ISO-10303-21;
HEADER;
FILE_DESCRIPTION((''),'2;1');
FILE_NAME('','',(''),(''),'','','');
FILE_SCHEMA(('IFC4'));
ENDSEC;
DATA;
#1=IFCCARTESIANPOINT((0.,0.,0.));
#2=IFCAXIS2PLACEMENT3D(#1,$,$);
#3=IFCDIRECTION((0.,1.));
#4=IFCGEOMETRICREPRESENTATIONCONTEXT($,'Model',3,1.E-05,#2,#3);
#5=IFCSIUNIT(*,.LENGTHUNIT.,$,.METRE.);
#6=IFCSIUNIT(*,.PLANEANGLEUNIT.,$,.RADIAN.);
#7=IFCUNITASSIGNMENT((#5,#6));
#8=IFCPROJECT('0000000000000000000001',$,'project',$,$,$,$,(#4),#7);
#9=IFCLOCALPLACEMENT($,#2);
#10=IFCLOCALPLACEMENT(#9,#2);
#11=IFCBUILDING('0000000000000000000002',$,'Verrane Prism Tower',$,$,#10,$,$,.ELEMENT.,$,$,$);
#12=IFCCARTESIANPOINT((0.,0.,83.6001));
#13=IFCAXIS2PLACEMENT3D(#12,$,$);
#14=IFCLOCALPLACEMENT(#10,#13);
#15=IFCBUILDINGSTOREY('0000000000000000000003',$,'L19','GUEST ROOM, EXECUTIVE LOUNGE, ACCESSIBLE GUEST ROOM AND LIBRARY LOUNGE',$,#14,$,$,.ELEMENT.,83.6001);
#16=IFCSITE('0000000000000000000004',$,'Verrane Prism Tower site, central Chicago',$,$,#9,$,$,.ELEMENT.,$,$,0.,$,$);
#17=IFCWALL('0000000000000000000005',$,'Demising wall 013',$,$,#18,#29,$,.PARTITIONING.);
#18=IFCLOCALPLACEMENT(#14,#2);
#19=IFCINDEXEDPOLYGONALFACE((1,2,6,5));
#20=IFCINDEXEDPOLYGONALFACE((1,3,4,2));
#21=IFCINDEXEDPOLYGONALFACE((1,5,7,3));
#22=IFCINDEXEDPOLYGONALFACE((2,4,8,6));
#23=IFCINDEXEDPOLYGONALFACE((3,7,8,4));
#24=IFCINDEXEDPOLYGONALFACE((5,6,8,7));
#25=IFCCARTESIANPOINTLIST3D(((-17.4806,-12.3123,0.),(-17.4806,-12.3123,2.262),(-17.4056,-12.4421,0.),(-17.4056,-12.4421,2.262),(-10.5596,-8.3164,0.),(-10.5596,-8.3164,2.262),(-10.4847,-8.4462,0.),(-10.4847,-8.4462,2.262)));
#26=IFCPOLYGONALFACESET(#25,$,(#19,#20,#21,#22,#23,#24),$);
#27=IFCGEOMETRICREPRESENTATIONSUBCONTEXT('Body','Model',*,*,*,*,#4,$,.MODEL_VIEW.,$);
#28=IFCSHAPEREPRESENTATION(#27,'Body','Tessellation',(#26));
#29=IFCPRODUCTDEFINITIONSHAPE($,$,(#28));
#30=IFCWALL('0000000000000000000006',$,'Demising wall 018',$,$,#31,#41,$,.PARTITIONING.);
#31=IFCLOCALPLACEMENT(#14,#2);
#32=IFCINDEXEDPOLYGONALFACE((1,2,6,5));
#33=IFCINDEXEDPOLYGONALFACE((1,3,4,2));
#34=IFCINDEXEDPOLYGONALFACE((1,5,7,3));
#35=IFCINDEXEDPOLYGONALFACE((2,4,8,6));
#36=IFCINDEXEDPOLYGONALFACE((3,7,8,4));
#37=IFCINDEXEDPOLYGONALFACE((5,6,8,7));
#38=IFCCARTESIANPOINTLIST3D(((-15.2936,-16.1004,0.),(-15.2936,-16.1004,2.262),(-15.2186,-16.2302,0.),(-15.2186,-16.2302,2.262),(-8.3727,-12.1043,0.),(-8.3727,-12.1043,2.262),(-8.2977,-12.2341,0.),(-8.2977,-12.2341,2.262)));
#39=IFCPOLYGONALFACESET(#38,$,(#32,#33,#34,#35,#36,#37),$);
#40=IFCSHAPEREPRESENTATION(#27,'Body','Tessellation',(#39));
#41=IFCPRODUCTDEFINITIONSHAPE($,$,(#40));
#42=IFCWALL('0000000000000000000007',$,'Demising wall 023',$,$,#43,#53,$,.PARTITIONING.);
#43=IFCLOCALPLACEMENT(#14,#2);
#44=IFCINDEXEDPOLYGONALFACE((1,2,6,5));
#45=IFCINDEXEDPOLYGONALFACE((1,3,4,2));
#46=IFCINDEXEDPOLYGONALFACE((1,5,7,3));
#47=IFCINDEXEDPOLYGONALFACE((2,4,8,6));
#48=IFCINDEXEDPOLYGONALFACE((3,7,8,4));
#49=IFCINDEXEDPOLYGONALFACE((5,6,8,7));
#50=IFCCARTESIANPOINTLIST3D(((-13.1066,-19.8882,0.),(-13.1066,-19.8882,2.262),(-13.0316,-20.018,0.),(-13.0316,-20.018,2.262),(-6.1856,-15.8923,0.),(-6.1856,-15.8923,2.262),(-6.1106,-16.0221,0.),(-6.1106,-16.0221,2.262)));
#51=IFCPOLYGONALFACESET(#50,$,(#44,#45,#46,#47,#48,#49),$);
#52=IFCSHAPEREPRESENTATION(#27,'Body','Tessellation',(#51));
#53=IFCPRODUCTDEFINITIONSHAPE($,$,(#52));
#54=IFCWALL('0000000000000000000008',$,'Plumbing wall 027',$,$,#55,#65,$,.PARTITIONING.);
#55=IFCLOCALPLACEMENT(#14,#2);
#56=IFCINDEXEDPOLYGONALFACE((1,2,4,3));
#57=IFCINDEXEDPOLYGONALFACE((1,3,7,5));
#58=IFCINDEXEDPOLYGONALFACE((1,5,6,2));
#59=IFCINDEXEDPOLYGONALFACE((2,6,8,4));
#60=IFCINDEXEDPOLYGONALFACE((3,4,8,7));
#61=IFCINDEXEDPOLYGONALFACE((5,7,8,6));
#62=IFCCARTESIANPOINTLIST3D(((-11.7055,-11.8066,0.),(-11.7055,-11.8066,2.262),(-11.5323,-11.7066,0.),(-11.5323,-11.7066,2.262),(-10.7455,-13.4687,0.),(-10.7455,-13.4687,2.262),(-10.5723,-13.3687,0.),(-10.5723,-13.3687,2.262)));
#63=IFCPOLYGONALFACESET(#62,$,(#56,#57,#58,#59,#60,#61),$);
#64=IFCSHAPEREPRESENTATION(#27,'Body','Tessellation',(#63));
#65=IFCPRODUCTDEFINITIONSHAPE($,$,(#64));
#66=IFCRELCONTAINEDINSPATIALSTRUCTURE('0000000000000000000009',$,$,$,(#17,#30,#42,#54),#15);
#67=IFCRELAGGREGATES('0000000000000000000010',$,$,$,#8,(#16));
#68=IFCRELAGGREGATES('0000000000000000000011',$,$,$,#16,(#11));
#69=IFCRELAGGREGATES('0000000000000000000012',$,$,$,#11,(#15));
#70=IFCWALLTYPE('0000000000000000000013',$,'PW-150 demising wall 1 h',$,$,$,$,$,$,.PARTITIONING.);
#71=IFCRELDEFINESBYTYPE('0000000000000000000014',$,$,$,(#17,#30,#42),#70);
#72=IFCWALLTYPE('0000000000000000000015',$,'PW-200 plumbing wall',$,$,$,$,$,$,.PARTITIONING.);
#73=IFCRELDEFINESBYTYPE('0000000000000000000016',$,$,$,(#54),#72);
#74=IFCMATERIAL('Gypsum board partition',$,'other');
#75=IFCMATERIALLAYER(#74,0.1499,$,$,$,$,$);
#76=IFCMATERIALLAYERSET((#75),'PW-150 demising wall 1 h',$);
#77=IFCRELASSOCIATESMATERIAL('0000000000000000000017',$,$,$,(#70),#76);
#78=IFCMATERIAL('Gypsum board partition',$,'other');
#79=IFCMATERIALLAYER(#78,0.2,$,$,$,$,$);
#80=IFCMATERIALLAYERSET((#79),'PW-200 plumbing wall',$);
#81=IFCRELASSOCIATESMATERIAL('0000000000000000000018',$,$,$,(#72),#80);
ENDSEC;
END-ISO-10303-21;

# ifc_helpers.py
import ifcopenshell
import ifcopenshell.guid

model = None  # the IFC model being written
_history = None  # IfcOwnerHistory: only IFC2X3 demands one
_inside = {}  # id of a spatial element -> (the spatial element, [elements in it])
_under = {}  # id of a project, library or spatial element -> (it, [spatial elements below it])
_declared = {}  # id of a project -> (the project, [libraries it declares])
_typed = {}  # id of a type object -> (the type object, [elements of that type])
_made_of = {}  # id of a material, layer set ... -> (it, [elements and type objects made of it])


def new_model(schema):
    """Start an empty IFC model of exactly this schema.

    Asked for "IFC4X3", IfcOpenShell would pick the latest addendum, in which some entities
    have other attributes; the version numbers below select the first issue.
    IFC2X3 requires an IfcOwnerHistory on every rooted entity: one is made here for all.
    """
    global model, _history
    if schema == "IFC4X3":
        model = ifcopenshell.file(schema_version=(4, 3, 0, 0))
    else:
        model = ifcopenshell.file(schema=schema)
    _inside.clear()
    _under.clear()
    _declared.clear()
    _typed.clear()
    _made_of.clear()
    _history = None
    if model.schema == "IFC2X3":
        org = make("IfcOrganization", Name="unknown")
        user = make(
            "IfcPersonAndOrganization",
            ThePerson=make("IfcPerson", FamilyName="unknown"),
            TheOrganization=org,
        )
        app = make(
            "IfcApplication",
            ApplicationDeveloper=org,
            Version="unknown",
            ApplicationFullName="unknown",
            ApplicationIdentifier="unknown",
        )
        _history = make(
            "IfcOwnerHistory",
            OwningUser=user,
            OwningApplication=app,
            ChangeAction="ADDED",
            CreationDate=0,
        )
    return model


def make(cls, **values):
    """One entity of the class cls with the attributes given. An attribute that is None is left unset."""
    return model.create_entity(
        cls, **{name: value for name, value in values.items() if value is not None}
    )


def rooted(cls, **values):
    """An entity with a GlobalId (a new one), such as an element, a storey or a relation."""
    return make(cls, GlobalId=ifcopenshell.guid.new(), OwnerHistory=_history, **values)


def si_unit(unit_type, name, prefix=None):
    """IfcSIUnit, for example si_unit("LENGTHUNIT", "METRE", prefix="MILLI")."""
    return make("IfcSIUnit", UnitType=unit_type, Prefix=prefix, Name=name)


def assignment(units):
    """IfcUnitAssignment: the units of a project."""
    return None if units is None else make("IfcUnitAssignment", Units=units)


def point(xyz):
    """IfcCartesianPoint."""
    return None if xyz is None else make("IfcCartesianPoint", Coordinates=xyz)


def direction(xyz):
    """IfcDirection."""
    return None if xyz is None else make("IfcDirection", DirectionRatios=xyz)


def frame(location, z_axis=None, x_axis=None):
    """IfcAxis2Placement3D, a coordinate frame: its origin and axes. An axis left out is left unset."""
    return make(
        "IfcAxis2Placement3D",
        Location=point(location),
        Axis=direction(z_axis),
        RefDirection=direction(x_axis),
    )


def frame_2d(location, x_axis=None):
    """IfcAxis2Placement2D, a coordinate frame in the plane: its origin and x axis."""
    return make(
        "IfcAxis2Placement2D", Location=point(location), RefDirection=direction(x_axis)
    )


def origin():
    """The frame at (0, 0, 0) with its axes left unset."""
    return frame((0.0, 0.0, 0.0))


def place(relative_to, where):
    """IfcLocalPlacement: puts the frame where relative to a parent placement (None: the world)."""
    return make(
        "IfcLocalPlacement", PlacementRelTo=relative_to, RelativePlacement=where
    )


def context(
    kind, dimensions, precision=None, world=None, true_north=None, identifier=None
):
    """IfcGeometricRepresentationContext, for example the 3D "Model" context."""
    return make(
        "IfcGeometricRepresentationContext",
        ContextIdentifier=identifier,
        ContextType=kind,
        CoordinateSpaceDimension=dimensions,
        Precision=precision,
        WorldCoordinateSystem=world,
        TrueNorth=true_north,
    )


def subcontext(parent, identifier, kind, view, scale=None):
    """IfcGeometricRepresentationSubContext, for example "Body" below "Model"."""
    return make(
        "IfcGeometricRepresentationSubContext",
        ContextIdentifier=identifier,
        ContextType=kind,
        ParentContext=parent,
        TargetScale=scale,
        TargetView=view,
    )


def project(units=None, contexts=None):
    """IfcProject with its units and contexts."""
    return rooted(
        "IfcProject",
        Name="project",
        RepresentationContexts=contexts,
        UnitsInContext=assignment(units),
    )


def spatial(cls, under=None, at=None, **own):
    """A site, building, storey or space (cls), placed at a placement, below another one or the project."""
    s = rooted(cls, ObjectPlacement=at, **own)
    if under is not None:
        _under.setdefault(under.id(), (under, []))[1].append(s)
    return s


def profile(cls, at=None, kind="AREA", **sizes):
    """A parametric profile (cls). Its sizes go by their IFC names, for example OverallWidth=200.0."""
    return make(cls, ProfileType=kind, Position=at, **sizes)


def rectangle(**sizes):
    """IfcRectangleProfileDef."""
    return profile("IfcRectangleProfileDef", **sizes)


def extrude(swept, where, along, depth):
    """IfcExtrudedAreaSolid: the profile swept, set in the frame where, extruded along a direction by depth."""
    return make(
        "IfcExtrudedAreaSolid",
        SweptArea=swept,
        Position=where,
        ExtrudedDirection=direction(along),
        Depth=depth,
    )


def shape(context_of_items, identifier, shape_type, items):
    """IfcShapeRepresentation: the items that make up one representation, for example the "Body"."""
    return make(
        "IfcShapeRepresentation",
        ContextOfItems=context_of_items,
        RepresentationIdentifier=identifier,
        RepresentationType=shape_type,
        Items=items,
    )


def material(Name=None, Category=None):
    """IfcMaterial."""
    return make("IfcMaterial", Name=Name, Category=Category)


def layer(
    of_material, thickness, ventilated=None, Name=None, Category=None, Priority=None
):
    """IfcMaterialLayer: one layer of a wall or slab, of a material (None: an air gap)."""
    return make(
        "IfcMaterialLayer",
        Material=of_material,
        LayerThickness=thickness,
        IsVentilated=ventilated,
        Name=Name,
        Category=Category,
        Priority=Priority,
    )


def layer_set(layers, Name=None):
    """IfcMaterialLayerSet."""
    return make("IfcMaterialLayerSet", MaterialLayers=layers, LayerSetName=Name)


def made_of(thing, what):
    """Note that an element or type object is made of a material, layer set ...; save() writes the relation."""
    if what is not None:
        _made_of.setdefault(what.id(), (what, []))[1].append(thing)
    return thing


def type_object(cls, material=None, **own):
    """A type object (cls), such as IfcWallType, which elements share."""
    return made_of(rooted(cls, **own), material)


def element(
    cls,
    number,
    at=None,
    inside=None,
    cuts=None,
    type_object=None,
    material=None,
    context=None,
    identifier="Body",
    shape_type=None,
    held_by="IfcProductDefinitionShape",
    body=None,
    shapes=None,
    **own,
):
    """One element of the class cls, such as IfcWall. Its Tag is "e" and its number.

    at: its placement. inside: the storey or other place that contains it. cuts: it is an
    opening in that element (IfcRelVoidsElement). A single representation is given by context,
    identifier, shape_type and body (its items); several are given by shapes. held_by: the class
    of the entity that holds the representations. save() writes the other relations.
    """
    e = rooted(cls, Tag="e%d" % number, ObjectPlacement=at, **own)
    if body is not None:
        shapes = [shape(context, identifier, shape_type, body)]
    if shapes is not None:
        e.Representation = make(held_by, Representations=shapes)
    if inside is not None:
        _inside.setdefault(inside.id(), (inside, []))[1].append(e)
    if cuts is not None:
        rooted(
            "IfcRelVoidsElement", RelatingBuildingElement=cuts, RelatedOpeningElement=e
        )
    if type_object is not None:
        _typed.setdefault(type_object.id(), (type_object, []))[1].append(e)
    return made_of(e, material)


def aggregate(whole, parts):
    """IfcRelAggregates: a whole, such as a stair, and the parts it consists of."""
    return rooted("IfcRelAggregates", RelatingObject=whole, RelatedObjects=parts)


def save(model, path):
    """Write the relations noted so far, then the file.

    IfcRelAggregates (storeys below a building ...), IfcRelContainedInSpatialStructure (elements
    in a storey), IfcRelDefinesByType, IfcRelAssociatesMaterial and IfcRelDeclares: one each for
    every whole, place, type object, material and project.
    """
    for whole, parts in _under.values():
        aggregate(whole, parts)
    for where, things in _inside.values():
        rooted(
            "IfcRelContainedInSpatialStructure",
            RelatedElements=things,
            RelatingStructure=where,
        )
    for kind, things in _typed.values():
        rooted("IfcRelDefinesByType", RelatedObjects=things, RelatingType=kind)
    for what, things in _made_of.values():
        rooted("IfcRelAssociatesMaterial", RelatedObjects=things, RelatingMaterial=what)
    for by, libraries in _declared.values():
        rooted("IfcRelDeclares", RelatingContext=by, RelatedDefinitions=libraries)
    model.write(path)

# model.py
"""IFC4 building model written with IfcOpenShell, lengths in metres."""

from ifc_helpers import new_model, si_unit, direction, frame, frame_2d, origin, place, context, subcontext, project, spatial, rectangle, extrude, material, layer, layer_set, type_object, element, save


model = new_model("IFC4")

# Units and contexts
model_context = context("Model", 3, precision=1e-05, world=origin(), true_north=direction((0.0, 1.0)))
body_context = subcontext(model_context, "Body", "Model", "MODEL_VIEW")
ifc_project = project(units=[si_unit("LENGTHUNIT", "METRE"), si_unit("PLANEANGLEUNIT", "RADIAN")], contexts=[model_context])

# Site, building, storey
site_placement = place(None, origin())
site = spatial("IfcSite", under=ifc_project, at=site_placement, Name="Verrane Prism Tower site, central Chicago", CompositionType="ELEMENT", RefElevation=0.0)
building_placement = place(site_placement, origin())
building = spatial("IfcBuilding", under=site, at=building_placement, Name="Verrane Prism Tower", CompositionType="ELEMENT")
storey_placement = place(building_placement, frame((0.0, 0.0, 83.6001)))
storey = spatial("IfcBuildingStorey", under=building, at=storey_placement, Name="L19", Description="GUEST ROOM, EXECUTIVE LOUNGE, ACCESSIBLE GUEST ROOM AND LIBRARY LOUNGE", CompositionType="ELEMENT", Elevation=83.6001)

# Walls
ifc_material_1 = material(Name="Gypsum board partition", Category="other")
ifc_layer_1 = layer(ifc_material_1, 0.1499)
ifc_layer_set_1 = layer_set([ifc_layer_1], Name="PW-150 demising wall 1 h")
wall_type_1 = type_object("IfcWallType", Name="PW-150 demising wall 1 h", PredefinedType="PARTITIONING", material=ifc_layer_set_1)
for number, where, z_axis, x_axis, name in (
    (1, (-17.4431, -12.3772, 0.0), (0.0, 0.0, 1.0), (0.866022, 0.500006, 0.0), "Demising wall 013"),
    (2, (-15.2561, -16.1653, 0.0), (0.0, 0.0, 1.0), (0.866009, 0.500029, 0.0), "Demising wall 018"),
    (3, (-13.0691, -19.9531, 0.0), (0.0, 0.0, 1.0), (0.866022, 0.500006, 0.0), "Demising wall 023"),
):
    element("IfcWall", number, at=place(storey_placement, frame(where, z_axis=z_axis, x_axis=x_axis)), inside=storey, type_object=wall_type_1, Name=name, PredefinedType="PARTITIONING", context=body_context, shape_type="SweptSolid", body=[
        extrude(rectangle(XDim=7.9917, YDim=0.1499, at=frame_2d((3.9958, 0.0))), origin(), (0.0, 0.0, 1.0), 2.262),
    ])
ifc_material_2 = material(Name="Gypsum board partition", Category="other")
ifc_layer_2 = layer(ifc_material_2, 0.2)
ifc_layer_set_2 = layer_set([ifc_layer_2], Name="PW-200 plumbing wall")
wall_type_2 = type_object("IfcWallType", Name="PW-200 plumbing wall", PredefinedType="PARTITIONING", material=ifc_layer_set_2)
wall_placement = place(storey_placement, frame((-11.6189, -11.7566, 0.0), z_axis=(0.0, 0.0, 1.0), x_axis=(0.500133, -0.865948, 0.0)))
element("IfcWall", 4, at=wall_placement, inside=storey, type_object=wall_type_2, Name="Plumbing wall 027", PredefinedType="PARTITIONING", context=body_context, shape_type="SweptSolid", body=[
    extrude(rectangle(XDim=1.9194, YDim=0.2, at=frame_2d((0.9597, 0.0))), origin(), (0.0, 0.0, 1.0), 2.262),
])

save(model, "model.ifc")
